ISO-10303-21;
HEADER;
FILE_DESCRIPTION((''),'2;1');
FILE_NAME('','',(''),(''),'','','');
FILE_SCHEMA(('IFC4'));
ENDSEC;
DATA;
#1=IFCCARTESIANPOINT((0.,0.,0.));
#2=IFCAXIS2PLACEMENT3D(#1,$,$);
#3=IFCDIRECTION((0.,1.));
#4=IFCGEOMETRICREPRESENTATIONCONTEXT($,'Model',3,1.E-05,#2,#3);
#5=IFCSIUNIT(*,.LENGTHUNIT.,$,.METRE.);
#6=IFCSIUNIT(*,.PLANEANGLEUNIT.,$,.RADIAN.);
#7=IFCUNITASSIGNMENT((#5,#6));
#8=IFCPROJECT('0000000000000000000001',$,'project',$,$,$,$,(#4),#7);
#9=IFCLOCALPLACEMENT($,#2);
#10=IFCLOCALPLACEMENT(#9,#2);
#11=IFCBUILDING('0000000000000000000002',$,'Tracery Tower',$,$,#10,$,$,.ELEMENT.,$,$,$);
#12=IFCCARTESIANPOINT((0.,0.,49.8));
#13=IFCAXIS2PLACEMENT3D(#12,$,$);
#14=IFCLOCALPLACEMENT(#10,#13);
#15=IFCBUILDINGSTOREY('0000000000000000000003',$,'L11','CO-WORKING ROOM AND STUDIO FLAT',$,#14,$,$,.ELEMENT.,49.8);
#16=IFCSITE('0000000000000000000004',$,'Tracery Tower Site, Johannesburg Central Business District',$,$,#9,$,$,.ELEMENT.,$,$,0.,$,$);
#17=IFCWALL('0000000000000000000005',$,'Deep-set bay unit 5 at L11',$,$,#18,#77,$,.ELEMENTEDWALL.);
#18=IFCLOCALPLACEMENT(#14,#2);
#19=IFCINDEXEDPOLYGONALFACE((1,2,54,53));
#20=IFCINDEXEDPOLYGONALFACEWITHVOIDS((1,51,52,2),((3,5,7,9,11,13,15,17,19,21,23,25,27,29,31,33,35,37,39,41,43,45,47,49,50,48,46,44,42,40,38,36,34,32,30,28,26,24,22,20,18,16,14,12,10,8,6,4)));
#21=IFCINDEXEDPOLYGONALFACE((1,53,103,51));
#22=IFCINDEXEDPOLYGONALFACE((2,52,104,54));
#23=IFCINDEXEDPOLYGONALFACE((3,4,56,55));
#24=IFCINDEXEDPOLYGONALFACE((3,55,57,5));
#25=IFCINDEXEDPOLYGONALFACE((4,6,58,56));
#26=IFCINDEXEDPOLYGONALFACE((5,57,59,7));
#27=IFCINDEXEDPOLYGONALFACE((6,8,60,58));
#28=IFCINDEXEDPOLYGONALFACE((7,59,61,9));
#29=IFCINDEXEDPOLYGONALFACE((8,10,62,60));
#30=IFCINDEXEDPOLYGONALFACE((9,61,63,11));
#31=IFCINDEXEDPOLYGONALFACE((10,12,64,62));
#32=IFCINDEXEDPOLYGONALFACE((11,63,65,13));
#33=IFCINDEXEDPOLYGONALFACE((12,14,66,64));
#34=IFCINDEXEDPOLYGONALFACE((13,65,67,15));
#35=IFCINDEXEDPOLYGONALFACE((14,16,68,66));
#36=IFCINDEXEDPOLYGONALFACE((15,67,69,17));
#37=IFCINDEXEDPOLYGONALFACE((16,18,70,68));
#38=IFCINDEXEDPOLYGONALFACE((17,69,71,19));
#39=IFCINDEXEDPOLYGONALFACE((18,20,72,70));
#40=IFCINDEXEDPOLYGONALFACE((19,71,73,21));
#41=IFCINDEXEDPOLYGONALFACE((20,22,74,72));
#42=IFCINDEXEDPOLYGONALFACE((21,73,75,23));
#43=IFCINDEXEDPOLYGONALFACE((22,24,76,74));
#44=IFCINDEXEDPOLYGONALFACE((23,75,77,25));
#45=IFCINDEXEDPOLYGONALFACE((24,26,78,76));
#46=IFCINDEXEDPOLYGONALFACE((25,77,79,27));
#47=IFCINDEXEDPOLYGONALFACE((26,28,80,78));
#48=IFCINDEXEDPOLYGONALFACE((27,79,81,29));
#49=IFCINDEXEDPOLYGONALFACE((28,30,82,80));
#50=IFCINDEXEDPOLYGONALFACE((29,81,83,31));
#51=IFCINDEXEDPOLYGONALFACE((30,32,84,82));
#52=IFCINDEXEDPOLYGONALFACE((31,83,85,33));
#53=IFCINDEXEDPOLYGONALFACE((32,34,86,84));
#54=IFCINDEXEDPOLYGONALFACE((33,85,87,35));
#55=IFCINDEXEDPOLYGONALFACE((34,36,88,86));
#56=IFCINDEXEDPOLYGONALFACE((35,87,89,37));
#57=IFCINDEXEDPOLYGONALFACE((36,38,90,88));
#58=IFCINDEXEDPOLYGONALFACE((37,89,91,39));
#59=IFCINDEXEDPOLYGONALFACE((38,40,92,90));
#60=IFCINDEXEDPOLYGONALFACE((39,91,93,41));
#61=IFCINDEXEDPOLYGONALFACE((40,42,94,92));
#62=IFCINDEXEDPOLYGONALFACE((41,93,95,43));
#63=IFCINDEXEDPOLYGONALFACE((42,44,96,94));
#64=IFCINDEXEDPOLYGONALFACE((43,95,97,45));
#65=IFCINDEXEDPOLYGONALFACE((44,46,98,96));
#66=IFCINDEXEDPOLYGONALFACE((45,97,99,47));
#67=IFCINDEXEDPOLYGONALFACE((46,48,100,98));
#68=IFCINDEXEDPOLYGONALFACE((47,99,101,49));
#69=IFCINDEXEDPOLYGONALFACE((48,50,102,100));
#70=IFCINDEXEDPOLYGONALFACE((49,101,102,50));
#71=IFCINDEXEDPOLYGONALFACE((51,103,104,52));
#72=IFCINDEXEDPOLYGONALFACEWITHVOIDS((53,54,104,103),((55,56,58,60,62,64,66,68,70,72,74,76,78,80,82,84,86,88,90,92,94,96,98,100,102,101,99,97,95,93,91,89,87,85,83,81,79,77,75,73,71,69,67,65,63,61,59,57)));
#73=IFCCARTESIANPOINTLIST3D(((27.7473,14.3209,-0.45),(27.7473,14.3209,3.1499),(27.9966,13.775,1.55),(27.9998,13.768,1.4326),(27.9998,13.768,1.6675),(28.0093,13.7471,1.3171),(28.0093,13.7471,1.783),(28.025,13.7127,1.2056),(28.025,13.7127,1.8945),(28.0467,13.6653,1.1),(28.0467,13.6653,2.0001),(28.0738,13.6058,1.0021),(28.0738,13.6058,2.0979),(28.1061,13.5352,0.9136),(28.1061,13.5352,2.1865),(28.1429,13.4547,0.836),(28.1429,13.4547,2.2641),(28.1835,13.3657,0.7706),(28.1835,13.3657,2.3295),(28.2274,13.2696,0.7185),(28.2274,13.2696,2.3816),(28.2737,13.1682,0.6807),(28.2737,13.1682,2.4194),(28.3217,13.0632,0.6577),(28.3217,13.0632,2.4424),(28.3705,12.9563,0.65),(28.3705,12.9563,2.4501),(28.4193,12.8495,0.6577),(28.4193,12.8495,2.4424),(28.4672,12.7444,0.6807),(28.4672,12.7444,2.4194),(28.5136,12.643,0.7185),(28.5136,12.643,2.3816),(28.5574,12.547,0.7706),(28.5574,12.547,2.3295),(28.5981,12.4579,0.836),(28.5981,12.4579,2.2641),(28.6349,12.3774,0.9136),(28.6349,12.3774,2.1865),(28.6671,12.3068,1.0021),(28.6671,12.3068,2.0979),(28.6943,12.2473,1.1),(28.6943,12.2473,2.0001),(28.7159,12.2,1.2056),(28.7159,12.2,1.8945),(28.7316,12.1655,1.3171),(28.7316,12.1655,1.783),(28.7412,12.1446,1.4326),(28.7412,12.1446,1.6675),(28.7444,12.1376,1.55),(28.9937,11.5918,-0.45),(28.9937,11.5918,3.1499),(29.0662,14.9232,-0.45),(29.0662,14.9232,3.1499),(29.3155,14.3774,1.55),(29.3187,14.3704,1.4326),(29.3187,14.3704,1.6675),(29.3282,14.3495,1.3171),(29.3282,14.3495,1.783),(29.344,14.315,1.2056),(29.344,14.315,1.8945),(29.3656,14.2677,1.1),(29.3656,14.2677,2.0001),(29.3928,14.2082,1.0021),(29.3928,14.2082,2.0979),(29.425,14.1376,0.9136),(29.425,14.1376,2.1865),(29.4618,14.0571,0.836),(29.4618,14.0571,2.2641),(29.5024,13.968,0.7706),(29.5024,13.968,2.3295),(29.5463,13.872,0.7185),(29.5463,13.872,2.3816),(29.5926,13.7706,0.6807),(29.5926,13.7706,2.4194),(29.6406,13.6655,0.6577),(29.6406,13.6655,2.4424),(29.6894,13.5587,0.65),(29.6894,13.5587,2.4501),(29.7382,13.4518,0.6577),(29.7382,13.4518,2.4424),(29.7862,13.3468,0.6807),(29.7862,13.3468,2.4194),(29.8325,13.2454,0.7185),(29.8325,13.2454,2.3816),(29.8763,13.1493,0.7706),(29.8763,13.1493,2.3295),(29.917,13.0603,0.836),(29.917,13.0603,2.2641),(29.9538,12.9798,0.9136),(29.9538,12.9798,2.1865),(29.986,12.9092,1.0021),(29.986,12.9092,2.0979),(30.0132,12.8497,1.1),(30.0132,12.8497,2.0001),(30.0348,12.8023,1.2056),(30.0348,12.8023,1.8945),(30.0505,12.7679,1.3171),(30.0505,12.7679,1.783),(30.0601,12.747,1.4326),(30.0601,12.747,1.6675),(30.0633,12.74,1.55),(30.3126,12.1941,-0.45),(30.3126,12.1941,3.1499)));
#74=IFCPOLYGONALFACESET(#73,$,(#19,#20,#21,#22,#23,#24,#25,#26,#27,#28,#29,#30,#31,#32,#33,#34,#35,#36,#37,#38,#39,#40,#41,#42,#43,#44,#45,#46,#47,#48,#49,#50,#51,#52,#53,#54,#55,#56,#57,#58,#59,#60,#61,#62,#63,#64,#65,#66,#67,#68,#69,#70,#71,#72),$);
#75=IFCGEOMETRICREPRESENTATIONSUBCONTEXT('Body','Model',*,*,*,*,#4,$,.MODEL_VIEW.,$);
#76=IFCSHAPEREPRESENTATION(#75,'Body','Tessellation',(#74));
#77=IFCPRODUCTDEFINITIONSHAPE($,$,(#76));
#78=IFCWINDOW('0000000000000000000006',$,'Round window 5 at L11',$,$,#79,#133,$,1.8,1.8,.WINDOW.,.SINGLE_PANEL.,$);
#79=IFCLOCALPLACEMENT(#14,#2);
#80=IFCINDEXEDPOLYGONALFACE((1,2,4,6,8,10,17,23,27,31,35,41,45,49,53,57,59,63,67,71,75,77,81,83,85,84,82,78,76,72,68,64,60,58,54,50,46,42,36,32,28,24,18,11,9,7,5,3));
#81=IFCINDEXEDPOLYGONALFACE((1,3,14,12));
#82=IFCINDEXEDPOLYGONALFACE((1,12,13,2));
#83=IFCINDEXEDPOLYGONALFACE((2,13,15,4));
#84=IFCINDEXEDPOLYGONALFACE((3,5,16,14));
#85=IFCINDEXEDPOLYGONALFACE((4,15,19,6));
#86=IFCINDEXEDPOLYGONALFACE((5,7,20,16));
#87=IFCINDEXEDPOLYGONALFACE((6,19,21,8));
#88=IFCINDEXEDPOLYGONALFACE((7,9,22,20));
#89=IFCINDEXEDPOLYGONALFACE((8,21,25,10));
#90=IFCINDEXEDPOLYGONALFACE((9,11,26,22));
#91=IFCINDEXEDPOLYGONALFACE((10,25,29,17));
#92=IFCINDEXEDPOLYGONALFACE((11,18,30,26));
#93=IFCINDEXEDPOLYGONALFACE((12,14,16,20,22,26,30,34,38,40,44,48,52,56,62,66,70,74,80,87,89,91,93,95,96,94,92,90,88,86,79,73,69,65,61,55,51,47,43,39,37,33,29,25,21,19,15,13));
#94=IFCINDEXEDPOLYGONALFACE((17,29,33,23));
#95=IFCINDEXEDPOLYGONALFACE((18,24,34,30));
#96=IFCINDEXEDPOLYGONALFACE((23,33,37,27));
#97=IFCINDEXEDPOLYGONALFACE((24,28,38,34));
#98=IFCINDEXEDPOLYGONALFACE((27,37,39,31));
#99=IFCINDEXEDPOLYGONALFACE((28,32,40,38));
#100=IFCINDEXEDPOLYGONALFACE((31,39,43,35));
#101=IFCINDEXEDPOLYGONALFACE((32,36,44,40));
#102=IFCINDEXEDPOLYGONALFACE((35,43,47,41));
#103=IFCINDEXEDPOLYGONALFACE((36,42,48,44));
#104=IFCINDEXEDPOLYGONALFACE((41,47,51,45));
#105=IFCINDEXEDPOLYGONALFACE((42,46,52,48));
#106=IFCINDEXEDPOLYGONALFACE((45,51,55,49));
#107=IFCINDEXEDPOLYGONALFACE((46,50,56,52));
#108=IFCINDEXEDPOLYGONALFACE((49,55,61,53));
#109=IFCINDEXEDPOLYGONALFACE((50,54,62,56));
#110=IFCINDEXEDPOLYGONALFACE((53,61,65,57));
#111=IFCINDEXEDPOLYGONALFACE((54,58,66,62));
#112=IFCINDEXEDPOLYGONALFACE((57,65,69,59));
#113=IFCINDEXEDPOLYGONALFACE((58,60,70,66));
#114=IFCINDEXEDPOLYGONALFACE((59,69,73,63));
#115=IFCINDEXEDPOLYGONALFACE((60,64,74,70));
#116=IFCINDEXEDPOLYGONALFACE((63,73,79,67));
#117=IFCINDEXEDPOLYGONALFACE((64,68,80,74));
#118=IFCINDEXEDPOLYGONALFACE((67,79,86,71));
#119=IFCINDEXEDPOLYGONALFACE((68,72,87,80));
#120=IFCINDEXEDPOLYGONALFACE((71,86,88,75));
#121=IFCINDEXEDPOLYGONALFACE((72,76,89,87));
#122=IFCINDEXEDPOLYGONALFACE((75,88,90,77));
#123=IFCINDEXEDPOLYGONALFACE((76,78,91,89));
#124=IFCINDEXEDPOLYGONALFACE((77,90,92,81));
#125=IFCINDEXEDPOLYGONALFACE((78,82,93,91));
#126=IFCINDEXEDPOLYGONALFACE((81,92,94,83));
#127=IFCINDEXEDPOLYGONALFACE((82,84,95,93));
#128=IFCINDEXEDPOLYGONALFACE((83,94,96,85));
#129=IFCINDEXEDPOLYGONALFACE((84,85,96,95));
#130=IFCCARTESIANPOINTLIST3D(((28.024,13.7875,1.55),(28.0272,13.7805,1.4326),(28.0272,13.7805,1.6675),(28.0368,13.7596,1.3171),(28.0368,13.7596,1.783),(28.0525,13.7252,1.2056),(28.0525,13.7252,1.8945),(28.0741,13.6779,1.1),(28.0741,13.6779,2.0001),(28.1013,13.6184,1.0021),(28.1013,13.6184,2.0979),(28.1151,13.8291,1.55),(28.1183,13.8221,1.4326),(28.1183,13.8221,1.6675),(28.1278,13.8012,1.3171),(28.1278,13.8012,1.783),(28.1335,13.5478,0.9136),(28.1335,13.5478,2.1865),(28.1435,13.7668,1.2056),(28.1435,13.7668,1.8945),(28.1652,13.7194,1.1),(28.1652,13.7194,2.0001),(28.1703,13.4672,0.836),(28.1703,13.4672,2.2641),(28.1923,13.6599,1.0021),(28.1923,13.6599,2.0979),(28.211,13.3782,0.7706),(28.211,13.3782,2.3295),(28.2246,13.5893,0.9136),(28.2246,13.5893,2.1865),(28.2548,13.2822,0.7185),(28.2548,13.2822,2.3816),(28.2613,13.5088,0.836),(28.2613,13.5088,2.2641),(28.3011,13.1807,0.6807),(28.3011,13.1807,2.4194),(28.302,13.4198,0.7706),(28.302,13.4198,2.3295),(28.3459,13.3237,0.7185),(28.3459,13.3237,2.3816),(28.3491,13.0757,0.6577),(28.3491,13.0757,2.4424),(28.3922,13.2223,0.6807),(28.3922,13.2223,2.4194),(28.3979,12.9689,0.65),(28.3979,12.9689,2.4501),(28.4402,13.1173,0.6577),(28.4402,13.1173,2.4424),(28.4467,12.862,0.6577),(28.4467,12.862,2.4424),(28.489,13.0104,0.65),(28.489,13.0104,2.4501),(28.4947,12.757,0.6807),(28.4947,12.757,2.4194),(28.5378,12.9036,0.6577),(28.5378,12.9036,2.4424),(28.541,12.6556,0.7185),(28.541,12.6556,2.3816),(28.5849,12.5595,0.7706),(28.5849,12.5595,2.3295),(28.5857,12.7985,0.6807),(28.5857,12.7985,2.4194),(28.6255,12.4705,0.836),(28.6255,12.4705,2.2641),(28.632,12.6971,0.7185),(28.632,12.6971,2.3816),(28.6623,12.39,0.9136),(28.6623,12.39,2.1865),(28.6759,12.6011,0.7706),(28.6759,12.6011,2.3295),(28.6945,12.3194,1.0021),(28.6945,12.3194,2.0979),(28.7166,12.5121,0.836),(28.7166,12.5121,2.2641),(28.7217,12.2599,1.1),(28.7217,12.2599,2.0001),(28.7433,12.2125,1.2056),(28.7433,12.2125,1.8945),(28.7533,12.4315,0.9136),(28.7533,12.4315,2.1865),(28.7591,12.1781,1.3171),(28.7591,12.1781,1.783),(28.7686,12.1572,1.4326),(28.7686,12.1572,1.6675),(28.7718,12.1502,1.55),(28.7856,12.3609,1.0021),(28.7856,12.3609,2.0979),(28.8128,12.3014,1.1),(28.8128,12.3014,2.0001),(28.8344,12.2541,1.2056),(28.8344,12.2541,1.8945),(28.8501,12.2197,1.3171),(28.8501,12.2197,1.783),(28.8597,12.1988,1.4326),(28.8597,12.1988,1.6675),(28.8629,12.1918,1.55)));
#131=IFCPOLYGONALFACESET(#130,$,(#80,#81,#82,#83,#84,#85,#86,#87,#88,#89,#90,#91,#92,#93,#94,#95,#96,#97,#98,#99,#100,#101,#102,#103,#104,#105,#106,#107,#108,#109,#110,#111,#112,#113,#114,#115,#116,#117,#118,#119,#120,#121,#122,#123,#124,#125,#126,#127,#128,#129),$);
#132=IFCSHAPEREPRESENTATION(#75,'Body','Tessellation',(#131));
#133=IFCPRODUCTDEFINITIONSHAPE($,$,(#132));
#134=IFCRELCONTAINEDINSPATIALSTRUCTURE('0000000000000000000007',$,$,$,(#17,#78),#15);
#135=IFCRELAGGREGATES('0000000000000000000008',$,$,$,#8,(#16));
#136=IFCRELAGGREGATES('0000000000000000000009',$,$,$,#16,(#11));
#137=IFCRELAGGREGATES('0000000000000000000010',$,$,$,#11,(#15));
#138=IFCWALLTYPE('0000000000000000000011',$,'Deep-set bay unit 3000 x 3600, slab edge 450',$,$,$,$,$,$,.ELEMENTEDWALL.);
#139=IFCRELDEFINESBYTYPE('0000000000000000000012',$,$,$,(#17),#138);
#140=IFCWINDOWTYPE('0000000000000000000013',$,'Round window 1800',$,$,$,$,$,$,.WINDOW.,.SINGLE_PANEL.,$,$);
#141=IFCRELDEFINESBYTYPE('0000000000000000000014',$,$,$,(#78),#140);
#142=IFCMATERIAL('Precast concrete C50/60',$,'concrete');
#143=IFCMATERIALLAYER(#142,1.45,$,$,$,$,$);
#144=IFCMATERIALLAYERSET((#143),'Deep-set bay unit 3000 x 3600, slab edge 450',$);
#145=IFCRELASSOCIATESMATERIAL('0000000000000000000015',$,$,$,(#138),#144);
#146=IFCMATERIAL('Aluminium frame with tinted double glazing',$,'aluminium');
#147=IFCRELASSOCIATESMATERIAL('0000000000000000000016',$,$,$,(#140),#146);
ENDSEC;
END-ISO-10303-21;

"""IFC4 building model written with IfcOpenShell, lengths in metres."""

from ifc_helpers import new_model, si_unit, direction, frame, frame_2d, origin, origin_2d, place, context, subcontext, project, spatial, rectangle, circle, extrude, material, layer, layer_set, type_object, element, fill, save


model = new_model("IFC4")

# Units and contexts
model_context = context("Model", 3, precision=1e-05, world=origin(), true_north=direction((0.0, 1.0)))
body_context = subcontext(model_context, "Body", "Model", "MODEL_VIEW")
ifc_project = project(units=[si_unit("LENGTHUNIT", "METRE"), si_unit("PLANEANGLEUNIT", "RADIAN")], contexts=[model_context])

# Site, building, storey
site_placement = place(None, origin())
site = spatial("IfcSite", under=ifc_project, at=site_placement, Name="Tracery Tower Site, Johannesburg Central Business District", CompositionType="ELEMENT", RefElevation=0.0)
building_placement = place(site_placement, origin())
building = spatial("IfcBuilding", under=site, at=building_placement, Name="Tracery Tower", CompositionType="ELEMENT")
storey_placement = place(building_placement, frame((0.0, 0.0, 49.8)))
storey = spatial("IfcBuildingStorey", under=building, at=storey_placement, Name="L11", Description="CO-WORKING ROOM AND STUDIO FLAT", CompositionType="ELEMENT", Elevation=49.8)

# Wall, opening, window
ifc_material_1 = material(Name="Precast concrete C50/60", Category="concrete")
ifc_layer_1 = layer(ifc_material_1, 1.45)
ifc_layer_set_1 = layer_set([ifc_layer_1], Name="Deep-set bay unit 3000 x 3600, slab edge 450")
wall_type_1 = type_object("IfcWallType", Name="Deep-set bay unit 3000 x 3600, slab edge 450", PredefinedType="ELEMENTEDWALL", material=ifc_layer_set_1)
ifc_material_2 = material(Name="Aluminium frame with tinted double glazing", Category="aluminium")
window_type = type_object("IfcWindowType", Name="Round window 1800", PartitioningType="SINGLE_PANEL", PredefinedType="WINDOW", material=ifc_material_2)
wall_1_placement = place(storey_placement, frame((29.6531, 11.8931, -0.45), z_axis=(0.0, 0.0, 1.0), x_axis=(-0.415427, 0.909627, 0.0)))
wall_1 = element("IfcWall", 1, at=wall_1_placement, inside=storey, type_object=wall_type_1, Name="Deep-set bay unit 5 at L11", PredefinedType="ELEMENTEDWALL", context=body_context, shape_type="SweptSolid", body=[
    extrude(rectangle(XDim=3.0002, YDim=1.45, at=frame_2d((1.5, 0.0))), origin(), (0.0, 0.0, 1.0), 3.5999),
])
opening_1_placement = place(wall_1_placement, frame((1.5, 0.0, 2.0)))
opening_1 = element("IfcOpeningElement", 2, at=opening_1_placement, cuts=wall_1, PredefinedType="OPENING", context=body_context, shape_type="SweptSolid", body=[
    extrude(circle(Radius=0.9, at=origin_2d()), frame((0.0, 0.7349, 0.0), z_axis=(0.0, -1.0, 0.0), x_axis=(1.0, 0.0, 0.0)), (0.0, 0.0, 1.0), 1.47),
])
window_1_placement = place(opening_1_placement, origin())
window_1 = element("IfcWindow", 3, at=window_1_placement, inside=storey, type_object=window_type, Name="Round window 5 at L11", OverallHeight=1.8, OverallWidth=1.8, PartitioningType="SINGLE_PANEL", PredefinedType="WINDOW", context=body_context, shape_type="SweptSolid", body=[
    extrude(circle(Radius=0.9, at=origin_2d()), frame((0.0, 0.6948, 0.0), z_axis=(0.0, -1.0, 0.0), x_axis=(1.0, 0.0, 0.0)), (0.0, 0.0, 1.0), 0.1001),
])
fill(opening_1, window_1)

save(model, "model.ifc")
